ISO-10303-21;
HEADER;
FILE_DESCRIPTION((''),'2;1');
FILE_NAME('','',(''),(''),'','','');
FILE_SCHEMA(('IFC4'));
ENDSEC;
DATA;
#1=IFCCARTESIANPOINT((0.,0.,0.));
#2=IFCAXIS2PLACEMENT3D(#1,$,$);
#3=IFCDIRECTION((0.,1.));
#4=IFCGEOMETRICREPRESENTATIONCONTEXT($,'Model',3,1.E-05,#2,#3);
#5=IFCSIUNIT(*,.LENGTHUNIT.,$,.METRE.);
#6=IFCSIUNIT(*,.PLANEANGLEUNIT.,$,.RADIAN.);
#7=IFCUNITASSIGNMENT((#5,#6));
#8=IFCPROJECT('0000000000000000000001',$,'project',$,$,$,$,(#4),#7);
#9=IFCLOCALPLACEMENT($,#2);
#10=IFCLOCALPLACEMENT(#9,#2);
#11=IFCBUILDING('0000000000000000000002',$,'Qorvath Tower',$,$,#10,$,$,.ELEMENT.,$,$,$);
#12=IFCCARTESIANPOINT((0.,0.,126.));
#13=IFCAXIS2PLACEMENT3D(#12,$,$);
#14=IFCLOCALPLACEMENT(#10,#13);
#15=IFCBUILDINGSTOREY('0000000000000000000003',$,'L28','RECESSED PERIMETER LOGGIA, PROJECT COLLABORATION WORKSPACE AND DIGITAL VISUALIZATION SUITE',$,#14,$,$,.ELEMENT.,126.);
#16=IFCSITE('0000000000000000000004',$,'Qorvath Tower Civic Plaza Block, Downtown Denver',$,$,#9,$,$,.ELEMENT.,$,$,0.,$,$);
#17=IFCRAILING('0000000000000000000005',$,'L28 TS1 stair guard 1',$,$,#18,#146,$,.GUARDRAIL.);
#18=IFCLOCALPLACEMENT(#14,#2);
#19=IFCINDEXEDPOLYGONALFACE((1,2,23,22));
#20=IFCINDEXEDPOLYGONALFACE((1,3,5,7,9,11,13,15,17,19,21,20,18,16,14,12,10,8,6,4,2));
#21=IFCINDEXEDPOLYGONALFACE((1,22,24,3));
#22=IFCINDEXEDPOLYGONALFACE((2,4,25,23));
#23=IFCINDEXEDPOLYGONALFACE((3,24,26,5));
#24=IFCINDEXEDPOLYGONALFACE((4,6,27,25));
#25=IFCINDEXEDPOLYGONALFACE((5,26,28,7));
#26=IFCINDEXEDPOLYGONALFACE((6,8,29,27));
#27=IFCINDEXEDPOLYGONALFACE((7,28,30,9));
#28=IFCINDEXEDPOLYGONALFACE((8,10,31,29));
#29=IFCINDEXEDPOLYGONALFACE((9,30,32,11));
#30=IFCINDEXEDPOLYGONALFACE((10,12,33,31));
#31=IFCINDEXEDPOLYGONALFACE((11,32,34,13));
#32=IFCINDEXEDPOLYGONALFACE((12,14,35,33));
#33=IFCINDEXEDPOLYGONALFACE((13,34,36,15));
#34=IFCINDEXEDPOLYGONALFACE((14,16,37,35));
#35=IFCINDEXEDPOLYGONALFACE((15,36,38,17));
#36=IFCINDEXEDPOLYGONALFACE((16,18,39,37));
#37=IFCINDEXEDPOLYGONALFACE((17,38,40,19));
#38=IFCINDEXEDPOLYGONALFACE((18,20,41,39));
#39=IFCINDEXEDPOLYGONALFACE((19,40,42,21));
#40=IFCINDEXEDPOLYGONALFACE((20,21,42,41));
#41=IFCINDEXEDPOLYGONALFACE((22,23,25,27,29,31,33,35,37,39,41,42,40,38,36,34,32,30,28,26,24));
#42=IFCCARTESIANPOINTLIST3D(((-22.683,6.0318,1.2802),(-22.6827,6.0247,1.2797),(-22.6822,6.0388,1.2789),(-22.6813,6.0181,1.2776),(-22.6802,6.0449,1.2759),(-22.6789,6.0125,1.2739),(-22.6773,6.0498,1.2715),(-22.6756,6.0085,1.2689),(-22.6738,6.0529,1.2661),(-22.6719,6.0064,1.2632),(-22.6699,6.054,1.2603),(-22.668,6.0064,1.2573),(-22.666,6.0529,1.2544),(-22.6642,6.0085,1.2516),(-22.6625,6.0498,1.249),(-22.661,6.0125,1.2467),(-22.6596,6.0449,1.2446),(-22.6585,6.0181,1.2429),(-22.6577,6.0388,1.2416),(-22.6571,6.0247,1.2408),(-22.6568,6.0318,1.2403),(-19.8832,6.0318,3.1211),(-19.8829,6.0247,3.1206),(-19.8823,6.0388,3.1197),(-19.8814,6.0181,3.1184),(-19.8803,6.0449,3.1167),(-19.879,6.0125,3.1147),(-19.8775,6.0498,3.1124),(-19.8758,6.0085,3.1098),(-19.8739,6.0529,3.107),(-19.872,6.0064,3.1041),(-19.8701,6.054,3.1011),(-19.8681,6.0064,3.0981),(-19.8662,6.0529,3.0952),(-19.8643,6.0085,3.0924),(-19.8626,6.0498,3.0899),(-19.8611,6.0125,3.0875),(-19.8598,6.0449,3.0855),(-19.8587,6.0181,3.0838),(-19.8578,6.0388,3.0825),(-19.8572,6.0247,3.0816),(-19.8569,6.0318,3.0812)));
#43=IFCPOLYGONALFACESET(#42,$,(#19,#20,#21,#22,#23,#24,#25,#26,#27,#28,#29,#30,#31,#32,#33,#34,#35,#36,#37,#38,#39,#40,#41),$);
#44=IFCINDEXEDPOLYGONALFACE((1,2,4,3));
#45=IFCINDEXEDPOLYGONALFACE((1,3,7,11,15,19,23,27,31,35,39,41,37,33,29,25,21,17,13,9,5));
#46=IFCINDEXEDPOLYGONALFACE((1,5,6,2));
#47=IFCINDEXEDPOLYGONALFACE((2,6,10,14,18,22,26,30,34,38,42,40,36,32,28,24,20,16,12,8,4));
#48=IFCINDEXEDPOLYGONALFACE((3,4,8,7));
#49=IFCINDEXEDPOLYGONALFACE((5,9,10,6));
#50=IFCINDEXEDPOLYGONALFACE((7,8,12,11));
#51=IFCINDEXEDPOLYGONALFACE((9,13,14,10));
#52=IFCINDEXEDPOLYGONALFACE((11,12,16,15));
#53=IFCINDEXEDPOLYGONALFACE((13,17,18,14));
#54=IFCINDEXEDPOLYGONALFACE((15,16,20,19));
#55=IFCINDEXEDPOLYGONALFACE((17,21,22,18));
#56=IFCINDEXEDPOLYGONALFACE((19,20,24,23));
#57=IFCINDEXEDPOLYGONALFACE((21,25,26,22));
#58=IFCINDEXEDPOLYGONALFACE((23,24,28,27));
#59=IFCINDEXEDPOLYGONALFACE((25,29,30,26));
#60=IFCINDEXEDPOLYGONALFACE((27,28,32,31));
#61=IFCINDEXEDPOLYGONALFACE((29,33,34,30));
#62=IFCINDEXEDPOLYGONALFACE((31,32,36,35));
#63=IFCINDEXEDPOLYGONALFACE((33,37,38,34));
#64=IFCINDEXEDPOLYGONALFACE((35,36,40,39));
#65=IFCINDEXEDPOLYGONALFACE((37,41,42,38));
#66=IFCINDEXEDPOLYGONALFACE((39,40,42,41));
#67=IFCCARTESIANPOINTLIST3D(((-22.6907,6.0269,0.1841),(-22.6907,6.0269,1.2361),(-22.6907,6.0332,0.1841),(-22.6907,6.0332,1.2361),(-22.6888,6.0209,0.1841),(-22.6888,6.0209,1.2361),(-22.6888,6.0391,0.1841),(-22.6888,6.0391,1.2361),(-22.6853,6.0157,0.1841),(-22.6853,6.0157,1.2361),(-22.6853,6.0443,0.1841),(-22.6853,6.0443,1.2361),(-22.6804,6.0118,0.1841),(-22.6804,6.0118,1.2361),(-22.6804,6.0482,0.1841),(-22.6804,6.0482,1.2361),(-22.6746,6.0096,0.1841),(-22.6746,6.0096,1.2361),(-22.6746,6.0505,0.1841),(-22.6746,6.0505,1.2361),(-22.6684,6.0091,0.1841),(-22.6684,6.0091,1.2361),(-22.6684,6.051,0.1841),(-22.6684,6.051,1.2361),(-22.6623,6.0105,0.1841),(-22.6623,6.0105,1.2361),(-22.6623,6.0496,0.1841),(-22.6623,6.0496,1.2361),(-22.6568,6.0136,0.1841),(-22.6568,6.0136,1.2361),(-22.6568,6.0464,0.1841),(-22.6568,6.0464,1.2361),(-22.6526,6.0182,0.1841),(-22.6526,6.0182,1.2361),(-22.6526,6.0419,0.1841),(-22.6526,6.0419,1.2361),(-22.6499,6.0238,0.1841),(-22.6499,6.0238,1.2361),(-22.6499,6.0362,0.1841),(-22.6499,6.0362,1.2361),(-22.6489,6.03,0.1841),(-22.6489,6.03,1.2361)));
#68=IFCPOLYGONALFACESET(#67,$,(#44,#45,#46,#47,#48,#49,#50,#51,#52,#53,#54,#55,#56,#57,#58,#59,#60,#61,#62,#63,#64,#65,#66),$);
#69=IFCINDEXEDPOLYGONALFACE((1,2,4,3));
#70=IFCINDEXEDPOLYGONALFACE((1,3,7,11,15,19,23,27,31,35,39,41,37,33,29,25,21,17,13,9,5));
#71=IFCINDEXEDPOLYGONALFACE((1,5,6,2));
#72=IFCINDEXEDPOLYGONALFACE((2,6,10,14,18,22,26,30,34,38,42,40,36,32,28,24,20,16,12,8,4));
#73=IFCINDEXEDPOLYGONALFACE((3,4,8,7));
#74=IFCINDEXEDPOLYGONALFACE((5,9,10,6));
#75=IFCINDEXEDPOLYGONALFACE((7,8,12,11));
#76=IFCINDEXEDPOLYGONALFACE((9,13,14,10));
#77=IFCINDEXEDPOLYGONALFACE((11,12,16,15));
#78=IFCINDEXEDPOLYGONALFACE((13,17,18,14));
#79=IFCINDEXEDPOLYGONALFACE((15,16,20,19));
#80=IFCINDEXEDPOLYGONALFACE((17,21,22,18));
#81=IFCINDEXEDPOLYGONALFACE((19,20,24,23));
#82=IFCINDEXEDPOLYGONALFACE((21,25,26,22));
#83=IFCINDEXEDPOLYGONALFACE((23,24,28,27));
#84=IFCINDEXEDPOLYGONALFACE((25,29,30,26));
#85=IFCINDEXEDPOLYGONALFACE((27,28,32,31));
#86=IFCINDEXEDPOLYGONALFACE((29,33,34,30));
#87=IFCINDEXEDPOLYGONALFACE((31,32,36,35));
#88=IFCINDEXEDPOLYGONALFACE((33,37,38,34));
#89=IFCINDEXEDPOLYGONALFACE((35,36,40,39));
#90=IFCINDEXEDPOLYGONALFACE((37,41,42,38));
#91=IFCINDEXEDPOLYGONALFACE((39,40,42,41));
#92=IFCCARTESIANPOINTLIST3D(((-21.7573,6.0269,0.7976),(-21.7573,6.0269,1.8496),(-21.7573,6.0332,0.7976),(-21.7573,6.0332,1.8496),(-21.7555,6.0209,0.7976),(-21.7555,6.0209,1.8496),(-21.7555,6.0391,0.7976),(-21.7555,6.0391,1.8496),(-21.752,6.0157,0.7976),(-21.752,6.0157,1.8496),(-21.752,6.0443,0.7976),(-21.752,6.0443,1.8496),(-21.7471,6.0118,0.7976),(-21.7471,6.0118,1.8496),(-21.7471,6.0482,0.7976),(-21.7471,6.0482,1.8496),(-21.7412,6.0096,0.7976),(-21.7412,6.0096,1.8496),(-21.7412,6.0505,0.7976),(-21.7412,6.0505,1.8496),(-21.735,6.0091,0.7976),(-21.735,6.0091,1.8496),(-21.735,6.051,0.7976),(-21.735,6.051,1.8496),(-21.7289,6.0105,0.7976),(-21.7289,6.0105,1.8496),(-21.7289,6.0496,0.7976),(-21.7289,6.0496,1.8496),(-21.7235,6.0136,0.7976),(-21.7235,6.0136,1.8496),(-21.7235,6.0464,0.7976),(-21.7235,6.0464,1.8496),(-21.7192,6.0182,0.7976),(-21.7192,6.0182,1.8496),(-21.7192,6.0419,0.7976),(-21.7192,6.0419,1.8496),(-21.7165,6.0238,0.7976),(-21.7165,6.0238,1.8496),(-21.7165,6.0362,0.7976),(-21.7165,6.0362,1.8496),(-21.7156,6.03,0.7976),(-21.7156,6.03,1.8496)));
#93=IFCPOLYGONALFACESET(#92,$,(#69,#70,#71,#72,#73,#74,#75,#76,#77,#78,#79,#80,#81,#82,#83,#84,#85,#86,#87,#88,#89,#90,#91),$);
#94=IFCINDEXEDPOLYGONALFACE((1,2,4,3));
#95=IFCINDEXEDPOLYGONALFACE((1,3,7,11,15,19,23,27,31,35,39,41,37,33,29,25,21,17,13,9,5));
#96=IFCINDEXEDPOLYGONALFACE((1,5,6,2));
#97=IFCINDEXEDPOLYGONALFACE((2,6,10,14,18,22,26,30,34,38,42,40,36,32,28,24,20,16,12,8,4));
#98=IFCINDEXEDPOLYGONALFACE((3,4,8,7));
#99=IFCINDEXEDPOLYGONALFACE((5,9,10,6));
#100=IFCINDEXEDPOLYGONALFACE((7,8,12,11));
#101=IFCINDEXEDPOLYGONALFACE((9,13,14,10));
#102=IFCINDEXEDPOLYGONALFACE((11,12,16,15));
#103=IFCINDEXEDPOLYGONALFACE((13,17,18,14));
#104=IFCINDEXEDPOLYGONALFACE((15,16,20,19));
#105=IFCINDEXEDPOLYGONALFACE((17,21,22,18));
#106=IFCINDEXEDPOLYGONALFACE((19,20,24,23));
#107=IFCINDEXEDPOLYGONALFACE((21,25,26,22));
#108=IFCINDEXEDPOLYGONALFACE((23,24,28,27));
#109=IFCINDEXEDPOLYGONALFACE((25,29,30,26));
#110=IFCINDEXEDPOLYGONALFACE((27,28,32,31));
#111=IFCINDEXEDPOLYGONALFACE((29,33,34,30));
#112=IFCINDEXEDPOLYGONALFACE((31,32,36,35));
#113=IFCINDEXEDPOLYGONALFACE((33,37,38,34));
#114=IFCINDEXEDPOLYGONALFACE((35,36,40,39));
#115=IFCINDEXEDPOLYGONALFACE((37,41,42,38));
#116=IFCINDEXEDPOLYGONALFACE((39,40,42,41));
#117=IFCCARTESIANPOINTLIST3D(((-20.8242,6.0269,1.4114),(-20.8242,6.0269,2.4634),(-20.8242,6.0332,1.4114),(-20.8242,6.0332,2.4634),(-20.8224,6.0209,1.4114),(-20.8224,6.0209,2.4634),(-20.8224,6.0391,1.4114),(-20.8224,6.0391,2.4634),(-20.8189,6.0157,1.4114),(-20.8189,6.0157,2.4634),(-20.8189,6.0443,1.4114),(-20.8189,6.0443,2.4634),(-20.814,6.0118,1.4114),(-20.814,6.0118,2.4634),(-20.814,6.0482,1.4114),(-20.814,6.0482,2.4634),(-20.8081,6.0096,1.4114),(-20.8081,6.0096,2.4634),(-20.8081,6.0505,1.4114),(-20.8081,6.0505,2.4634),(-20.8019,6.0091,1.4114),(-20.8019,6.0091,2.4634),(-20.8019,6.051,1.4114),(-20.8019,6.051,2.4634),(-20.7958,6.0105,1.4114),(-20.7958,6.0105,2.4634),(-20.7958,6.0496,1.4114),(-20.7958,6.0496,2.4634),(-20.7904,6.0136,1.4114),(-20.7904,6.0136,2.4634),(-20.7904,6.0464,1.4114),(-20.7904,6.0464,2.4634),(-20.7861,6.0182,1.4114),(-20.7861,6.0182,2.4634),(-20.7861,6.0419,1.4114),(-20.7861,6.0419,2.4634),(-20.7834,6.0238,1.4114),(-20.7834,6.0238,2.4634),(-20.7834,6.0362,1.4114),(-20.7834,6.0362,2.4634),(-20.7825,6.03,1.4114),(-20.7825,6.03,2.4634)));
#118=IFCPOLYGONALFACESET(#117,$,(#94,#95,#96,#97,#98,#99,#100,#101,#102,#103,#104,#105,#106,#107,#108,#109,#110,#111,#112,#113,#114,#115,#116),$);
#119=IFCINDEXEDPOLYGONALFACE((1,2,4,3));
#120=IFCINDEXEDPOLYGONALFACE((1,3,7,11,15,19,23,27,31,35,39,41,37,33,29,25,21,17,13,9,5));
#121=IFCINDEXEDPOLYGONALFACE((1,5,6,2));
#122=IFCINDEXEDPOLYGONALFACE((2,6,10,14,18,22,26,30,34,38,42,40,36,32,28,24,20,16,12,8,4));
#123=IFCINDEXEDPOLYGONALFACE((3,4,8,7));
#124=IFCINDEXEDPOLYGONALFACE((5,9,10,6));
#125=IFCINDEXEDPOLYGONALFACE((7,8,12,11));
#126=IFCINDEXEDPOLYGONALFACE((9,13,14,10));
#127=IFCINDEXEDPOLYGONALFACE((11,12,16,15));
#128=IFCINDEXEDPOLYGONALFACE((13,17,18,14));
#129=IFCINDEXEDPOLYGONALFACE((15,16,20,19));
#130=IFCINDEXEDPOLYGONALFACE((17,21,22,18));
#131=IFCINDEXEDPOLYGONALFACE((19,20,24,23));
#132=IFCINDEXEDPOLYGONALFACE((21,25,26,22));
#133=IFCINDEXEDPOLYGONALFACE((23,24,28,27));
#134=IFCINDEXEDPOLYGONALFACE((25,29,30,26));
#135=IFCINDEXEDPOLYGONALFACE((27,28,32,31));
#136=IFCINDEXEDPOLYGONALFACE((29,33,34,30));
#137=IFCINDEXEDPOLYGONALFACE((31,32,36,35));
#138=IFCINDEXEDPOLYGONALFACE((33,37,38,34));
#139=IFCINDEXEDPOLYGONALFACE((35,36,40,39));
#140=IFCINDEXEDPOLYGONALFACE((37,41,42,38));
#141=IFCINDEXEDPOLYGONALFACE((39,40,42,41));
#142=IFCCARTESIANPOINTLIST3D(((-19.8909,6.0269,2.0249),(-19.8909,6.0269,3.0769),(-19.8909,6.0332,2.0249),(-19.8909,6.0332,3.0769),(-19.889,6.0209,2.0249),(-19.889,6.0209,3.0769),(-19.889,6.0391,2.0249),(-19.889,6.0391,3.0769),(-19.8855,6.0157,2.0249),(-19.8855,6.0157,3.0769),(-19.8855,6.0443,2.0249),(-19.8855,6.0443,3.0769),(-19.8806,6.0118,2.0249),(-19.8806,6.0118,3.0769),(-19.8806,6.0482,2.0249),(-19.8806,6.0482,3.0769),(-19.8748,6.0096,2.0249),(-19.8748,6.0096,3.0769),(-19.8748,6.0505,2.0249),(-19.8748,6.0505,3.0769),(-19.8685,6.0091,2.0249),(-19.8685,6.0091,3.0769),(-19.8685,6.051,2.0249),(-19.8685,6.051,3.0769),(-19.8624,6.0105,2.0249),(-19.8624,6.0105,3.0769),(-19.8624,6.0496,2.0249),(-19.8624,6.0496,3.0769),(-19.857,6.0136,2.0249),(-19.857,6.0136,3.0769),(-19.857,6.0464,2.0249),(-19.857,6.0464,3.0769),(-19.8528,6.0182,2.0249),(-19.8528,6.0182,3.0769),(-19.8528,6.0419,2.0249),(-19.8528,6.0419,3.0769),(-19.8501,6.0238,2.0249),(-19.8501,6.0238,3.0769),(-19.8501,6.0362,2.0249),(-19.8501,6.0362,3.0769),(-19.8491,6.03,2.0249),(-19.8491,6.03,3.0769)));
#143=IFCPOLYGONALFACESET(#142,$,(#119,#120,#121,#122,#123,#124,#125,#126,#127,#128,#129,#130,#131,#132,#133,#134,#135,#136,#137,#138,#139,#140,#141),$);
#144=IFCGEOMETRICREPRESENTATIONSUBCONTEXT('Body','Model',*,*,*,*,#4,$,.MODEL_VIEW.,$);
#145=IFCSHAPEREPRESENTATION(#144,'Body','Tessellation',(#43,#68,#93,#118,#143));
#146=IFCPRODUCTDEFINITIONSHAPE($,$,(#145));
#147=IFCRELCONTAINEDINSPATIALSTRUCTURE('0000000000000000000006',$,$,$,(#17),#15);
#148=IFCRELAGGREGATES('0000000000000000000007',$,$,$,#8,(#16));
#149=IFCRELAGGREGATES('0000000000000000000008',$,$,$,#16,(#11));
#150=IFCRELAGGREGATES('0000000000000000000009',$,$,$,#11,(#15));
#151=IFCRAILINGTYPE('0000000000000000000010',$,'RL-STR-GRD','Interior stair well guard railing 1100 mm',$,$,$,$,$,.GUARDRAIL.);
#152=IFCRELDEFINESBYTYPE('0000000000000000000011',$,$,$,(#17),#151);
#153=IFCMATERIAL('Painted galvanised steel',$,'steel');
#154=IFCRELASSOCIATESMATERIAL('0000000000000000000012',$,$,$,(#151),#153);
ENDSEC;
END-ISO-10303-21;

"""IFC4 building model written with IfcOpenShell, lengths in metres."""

from ifc_helpers import new_model, si_unit, direction, frame, origin, origin_2d, place, context, subcontext, project, spatial, circle, extrude, material, type_object, element, save


model = new_model("IFC4")

# Units and contexts
model_context = context("Model", 3, precision=1e-05, world=origin(), true_north=direction((0.0, 1.0)))
body_context = subcontext(model_context, "Body", "Model", "MODEL_VIEW")
ifc_project = project(units=[si_unit("LENGTHUNIT", "METRE"), si_unit("PLANEANGLEUNIT", "RADIAN")], contexts=[model_context])

# Site, building, storey
site_placement = place(None, origin())
site = spatial("IfcSite", under=ifc_project, at=site_placement, Name="Qorvath Tower Civic Plaza Block, Downtown Denver", CompositionType="ELEMENT", RefElevation=0.0)
building_placement = place(site_placement, origin())
building = spatial("IfcBuilding", under=site, at=building_placement, Name="Qorvath Tower", CompositionType="ELEMENT")
storey_placement = place(building_placement, frame((0.0, 0.0, 126.0)))
storey = spatial("IfcBuildingStorey", under=building, at=storey_placement, Name="L28", Description="RECESSED PERIMETER LOGGIA, PROJECT COLLABORATION WORKSPACE AND DIGITAL VISUALIZATION SUITE", CompositionType="ELEMENT", Elevation=126.0)

# Railing
ifc_material_1 = material(Name="Painted galvanised steel", Category="steel")
railing_type_1 = type_object("IfcRailingType", Name="RL-STR-GRD", Description="Interior stair well guard railing 1100 mm", PredefinedType="GUARDRAIL", material=ifc_material_1)
railing_1_placement = place(storey_placement, frame((-22.6699, 6.03, 0.1841)))
element("IfcRailing", 1, at=railing_1_placement, inside=storey, type_object=railing_type_1, Name="L28 TS1 stair guard 1", PredefinedType="GUARDRAIL", context=body_context, shape_type="SweptSolid", body=[
    extrude(circle(Radius=0.0239, at=origin_2d()), frame((0.0, 0.0, 1.0762), z_axis=(0.835576, 0.0, 0.549376), x_axis=(0.0, 1.0, 0.0)), (0.0, 0.0, 1.0), 3.3508),
    extrude(circle(Radius=0.021, at=origin_2d()), origin(), (0.0, 0.0, 1.0), 1.052),
    extrude(circle(Radius=0.021, at=origin_2d()), frame((0.9333, 0.0, 0.6135)), (0.0, 0.0, 1.0), 1.052),
    extrude(circle(Radius=0.021, at=origin_2d()), frame((1.8665, 0.0, 1.2273)), (0.0, 0.0, 1.0), 1.052),
    extrude(circle(Radius=0.021, at=origin_2d()), frame((2.7998, 0.0, 1.8408)), (0.0, 0.0, 1.0), 1.052),
])

save(model, "model.ifc")
